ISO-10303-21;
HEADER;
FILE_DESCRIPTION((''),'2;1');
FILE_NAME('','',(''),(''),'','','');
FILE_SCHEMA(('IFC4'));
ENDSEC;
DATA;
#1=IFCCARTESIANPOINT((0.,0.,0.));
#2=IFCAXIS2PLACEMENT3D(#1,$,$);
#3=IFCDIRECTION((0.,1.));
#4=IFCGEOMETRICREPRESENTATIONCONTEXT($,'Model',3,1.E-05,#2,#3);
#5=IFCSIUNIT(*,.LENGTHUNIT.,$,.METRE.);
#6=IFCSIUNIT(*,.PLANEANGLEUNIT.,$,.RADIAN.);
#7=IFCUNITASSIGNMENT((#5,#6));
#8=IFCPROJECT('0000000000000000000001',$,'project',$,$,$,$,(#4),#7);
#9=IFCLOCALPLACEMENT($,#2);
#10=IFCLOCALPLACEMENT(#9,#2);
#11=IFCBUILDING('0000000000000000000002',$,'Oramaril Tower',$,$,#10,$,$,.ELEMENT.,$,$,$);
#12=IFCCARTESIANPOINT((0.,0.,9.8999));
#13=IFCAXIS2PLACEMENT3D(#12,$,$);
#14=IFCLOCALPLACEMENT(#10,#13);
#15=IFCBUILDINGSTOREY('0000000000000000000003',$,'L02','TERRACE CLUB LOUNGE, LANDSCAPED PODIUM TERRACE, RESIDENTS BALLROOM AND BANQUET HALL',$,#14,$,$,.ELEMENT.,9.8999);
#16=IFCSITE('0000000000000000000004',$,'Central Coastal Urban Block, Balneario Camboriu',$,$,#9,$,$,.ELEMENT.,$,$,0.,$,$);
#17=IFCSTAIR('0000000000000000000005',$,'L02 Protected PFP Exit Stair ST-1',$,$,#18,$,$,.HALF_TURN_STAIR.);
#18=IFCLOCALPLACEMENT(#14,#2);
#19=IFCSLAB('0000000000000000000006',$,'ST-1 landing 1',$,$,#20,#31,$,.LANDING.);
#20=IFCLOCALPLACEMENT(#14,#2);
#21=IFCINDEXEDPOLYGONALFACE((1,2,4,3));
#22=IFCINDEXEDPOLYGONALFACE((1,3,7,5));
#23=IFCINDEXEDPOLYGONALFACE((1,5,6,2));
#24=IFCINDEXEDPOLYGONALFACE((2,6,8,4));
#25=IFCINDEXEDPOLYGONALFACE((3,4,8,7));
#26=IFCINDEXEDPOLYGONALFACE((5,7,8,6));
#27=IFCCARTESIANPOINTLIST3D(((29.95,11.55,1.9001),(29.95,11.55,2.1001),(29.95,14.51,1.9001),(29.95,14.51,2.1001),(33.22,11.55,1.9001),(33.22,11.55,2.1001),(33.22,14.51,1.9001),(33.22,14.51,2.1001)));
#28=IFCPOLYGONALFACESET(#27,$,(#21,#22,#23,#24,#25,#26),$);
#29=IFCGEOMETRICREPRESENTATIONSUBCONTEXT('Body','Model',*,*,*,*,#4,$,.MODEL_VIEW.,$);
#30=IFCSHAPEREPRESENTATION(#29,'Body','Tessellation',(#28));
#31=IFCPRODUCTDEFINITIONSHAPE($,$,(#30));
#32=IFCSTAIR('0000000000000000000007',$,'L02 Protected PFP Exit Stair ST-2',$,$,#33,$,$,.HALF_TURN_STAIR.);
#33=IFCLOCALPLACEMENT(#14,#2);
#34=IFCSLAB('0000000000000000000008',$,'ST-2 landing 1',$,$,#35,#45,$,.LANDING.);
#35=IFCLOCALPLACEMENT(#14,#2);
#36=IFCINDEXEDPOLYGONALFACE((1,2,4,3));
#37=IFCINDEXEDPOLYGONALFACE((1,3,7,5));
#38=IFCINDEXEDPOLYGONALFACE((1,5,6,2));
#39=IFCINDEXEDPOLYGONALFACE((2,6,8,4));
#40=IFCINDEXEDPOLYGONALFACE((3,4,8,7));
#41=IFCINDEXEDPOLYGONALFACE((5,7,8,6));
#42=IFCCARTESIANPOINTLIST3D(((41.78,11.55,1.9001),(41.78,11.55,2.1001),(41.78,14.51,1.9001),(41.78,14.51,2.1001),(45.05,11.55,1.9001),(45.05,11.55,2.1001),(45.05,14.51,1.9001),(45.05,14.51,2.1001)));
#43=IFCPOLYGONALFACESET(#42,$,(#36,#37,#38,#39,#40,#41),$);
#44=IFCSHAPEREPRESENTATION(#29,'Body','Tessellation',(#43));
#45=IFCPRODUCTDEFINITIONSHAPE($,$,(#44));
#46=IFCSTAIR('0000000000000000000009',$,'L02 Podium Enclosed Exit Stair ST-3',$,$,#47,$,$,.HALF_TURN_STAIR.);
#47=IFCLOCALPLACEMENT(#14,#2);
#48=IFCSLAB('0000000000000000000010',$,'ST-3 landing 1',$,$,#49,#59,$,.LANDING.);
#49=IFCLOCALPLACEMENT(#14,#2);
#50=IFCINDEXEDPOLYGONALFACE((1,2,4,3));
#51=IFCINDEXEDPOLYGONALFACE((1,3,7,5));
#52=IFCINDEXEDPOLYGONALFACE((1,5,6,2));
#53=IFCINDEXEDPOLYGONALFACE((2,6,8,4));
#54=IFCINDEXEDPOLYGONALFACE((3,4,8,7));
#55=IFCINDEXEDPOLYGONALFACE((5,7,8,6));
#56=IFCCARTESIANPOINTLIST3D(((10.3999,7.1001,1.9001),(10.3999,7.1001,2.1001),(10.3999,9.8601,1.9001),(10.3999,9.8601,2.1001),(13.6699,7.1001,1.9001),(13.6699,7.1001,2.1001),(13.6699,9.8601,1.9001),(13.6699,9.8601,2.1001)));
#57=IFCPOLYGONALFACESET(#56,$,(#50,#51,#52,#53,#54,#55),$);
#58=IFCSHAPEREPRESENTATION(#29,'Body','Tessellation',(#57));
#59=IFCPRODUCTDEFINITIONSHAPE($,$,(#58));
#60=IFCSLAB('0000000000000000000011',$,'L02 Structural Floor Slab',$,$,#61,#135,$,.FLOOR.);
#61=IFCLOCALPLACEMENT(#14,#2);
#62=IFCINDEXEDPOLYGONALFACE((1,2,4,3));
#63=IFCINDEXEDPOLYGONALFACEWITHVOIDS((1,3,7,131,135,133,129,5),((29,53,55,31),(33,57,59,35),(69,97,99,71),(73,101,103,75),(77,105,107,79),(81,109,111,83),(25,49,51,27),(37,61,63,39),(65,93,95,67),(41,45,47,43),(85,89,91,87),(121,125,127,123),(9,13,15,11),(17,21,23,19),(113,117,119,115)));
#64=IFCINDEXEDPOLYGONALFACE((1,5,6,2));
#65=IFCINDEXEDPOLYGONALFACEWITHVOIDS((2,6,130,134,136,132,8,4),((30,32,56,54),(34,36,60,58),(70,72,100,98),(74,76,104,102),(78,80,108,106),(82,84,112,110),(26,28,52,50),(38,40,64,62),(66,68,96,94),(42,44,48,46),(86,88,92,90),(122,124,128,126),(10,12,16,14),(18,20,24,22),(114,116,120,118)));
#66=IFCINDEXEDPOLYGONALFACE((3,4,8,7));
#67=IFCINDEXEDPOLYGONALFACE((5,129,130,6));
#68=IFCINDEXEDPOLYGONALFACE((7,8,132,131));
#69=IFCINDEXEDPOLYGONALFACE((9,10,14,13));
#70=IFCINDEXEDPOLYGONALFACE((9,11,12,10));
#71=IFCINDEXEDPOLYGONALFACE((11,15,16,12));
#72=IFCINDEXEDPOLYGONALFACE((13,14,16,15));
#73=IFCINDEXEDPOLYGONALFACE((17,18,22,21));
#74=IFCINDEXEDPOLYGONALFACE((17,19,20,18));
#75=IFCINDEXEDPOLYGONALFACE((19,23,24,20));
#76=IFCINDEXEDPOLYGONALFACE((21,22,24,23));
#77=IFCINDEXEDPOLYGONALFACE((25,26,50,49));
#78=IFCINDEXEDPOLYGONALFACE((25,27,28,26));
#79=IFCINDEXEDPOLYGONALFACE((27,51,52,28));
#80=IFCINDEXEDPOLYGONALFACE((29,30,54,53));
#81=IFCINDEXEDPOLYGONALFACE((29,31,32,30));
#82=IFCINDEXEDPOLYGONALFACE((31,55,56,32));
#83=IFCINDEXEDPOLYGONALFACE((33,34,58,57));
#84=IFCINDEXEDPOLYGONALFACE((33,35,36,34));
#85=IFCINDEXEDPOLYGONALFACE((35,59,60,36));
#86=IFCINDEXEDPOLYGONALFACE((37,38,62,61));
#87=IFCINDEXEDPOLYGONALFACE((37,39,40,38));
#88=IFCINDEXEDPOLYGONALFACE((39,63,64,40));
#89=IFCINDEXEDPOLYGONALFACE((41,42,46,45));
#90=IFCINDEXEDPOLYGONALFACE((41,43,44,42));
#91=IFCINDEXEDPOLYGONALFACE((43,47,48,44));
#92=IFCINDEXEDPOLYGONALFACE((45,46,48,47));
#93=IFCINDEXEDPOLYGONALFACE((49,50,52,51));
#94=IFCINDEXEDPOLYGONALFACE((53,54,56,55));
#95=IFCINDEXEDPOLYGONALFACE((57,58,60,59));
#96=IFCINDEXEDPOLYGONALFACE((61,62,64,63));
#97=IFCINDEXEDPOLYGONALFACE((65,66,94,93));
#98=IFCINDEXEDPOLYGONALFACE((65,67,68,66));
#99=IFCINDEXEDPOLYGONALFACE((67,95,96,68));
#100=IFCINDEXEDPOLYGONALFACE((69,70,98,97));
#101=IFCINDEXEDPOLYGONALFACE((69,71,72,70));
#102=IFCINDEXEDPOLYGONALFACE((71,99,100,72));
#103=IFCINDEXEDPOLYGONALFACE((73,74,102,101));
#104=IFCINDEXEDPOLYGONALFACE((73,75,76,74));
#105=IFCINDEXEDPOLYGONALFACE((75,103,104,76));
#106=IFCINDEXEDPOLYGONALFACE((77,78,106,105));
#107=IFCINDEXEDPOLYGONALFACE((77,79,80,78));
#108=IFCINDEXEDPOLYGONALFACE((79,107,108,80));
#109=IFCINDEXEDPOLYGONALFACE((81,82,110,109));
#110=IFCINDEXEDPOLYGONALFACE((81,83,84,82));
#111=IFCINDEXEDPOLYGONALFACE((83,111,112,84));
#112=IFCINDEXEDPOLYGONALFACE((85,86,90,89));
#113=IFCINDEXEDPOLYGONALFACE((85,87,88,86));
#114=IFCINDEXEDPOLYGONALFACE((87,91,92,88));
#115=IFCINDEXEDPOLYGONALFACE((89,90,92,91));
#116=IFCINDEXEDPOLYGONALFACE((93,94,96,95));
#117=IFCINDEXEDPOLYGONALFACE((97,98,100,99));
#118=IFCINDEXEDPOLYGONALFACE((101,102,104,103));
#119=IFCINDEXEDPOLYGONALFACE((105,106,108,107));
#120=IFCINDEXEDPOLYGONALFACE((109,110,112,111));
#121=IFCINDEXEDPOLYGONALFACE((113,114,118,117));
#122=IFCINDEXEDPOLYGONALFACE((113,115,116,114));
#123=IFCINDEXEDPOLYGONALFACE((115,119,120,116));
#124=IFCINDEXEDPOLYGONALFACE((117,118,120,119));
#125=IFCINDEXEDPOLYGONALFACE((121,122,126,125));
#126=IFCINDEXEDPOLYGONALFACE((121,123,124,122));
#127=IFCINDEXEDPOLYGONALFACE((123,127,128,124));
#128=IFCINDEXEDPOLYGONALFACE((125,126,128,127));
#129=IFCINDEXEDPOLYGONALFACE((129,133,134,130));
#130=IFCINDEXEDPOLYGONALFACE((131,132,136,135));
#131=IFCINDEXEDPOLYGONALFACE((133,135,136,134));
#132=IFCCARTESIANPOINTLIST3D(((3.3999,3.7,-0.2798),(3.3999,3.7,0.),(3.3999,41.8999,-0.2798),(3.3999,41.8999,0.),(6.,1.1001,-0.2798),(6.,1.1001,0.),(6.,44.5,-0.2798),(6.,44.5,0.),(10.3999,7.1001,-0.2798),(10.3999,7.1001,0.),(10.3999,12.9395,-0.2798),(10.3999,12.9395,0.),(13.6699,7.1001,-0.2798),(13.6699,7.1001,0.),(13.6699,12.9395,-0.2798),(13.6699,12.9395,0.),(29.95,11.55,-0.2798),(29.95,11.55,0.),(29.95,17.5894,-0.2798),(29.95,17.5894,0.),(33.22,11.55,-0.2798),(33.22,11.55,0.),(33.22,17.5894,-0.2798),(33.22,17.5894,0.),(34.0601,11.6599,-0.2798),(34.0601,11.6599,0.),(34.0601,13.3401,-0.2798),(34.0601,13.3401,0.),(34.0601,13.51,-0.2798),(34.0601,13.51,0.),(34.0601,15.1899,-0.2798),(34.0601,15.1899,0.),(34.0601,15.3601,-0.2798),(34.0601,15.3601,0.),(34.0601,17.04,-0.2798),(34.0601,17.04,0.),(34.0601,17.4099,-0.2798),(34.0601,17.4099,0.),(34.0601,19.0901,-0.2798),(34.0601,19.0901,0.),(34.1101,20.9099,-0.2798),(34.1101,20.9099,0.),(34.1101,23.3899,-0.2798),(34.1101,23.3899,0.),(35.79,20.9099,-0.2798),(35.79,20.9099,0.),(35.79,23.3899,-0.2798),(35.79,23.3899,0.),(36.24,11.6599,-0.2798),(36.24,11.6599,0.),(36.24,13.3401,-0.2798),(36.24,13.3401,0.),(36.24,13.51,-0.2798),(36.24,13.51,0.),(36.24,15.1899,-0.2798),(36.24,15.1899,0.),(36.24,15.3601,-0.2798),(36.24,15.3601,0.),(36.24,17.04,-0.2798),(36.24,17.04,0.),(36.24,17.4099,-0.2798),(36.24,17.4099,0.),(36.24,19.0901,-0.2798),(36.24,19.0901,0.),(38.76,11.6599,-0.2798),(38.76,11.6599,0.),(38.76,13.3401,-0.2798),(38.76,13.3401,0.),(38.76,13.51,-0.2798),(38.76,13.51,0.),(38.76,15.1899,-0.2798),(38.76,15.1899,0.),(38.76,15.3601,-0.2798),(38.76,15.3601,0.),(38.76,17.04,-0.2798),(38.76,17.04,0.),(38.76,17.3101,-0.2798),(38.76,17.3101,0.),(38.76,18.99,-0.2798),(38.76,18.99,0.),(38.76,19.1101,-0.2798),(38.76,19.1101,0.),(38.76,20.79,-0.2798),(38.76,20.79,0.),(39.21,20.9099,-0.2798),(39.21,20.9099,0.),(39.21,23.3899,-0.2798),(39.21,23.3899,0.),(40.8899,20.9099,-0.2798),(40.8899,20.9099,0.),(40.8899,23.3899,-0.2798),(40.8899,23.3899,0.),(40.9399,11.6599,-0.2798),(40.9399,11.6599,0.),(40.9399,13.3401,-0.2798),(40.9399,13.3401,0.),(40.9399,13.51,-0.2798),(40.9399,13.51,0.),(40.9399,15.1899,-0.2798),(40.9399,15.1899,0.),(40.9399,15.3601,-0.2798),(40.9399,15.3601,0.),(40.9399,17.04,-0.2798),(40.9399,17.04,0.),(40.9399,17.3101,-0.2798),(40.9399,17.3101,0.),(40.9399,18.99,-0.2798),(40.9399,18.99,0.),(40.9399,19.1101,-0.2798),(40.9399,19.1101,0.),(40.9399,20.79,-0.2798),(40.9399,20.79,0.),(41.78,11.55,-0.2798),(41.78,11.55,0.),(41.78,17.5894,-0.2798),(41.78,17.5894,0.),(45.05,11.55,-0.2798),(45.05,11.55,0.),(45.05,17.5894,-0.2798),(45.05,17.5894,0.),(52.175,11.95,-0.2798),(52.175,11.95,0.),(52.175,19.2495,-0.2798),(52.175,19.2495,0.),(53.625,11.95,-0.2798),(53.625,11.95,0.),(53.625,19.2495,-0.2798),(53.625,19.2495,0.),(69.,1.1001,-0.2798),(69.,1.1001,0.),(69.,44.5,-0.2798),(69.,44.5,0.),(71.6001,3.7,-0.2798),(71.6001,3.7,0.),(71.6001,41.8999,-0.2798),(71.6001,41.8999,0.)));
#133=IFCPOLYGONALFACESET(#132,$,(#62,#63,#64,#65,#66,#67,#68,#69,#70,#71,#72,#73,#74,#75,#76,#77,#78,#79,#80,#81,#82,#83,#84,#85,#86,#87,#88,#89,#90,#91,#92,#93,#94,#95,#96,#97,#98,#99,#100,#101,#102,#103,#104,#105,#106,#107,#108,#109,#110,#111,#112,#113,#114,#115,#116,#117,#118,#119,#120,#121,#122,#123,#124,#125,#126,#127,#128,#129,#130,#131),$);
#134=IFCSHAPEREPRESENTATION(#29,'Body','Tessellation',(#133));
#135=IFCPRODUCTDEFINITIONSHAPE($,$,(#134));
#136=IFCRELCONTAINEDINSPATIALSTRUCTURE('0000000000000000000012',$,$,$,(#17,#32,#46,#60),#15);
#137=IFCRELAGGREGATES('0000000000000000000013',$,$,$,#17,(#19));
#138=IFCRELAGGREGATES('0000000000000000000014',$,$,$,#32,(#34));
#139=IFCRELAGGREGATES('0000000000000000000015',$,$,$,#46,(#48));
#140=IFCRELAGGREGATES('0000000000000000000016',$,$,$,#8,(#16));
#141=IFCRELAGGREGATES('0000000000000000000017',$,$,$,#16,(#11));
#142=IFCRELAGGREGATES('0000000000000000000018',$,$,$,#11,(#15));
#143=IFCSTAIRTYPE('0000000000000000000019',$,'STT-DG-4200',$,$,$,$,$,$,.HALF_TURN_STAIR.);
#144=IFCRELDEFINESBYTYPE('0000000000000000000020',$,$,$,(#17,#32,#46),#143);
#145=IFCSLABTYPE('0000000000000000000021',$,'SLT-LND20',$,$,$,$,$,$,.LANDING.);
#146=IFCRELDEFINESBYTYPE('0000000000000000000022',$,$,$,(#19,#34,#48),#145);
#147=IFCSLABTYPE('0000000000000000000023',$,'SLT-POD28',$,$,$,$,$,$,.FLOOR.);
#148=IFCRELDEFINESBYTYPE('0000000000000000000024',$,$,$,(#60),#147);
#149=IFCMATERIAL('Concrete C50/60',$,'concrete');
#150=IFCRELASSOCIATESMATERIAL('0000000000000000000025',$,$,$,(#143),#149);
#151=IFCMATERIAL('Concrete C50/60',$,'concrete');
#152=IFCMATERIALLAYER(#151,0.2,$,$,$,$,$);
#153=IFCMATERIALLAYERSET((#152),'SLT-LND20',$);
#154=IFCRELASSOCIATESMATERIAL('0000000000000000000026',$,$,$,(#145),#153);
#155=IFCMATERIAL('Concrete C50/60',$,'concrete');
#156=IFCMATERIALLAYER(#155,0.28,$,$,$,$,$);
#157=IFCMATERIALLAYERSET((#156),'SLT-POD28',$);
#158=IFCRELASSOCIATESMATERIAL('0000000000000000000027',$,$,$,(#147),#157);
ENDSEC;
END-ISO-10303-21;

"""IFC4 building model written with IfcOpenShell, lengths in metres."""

from ifc_helpers import new_model, si_unit, direction, frame, origin, place, context, subcontext, project, spatial, polyline, outline, extrude, material, layer, layer_set, type_object, element, aggregate, save


model = new_model("IFC4")

# Units and contexts
model_context = context("Model", 3, precision=1e-05, world=origin(), true_north=direction((0.0, 1.0)))
body_context = subcontext(model_context, "Body", "Model", "MODEL_VIEW")
ifc_project = project(units=[si_unit("LENGTHUNIT", "METRE"), si_unit("PLANEANGLEUNIT", "RADIAN")], contexts=[model_context])

# Site, building, storey
site_placement = place(None, origin())
site = spatial("IfcSite", under=ifc_project, at=site_placement, Name="Central Coastal Urban Block, Balneario Camboriu", CompositionType="ELEMENT", RefElevation=0.0)
building_placement = place(site_placement, origin())
building = spatial("IfcBuilding", under=site, at=building_placement, Name="Oramaril Tower", CompositionType="ELEMENT")
storey_placement = place(building_placement, frame((0.0, 0.0, 9.8999)))
storey = spatial("IfcBuildingStorey", under=building, at=storey_placement, Name="L02", Description="TERRACE CLUB LOUNGE, LANDSCAPED PODIUM TERRACE, RESIDENTS BALLROOM AND BANQUET HALL", CompositionType="ELEMENT", Elevation=9.8999)

# Stairs, slabs
ifc_material_1 = material(Name="Concrete C50/60", Category="concrete")
stair_type = type_object("IfcStairType", Name="STT-DG-4200", PredefinedType="HALF_TURN_STAIR", material=ifc_material_1)
stair_1_placement = place(storey_placement, origin())
stair_1 = element("IfcStair", 1, at=stair_1_placement, inside=storey, type_object=stair_type, Name="L02 Protected PFP Exit Stair ST-1", PredefinedType="HALF_TURN_STAIR")
ifc_material_2 = material(Name="Concrete C50/60", Category="concrete")
ifc_layer_1 = layer(ifc_material_2, 0.2)
ifc_layer_set_1 = layer_set([ifc_layer_1], Name="SLT-LND20")
slab_type_1 = type_object("IfcSlabType", Name="SLT-LND20", PredefinedType="LANDING", material=ifc_layer_set_1)
slab_1_placement = place(storey_placement, frame((0.0, 0.0, 1.9001)))
slab_1 = element("IfcSlab", 2, at=slab_1_placement, type_object=slab_type_1, Name="ST-1 landing 1", PredefinedType="LANDING", context=body_context, shape_type="SweptSolid", body=[
    extrude(outline(polyline([(29.95, 14.51), (29.95, 11.55), (33.22, 11.55), (33.22, 14.51), (29.95, 14.51)])), origin(), (0.0, 0.0, 1.0), 0.2),
])
aggregate(stair_1, [slab_1])
stair_2_placement = place(storey_placement, origin())
stair_2 = element("IfcStair", 3, at=stair_2_placement, inside=storey, type_object=stair_type, Name="L02 Protected PFP Exit Stair ST-2", PredefinedType="HALF_TURN_STAIR")
slab_2_placement = place(storey_placement, frame((0.0, 0.0, 1.9001)))
slab_2 = element("IfcSlab", 4, at=slab_2_placement, type_object=slab_type_1, Name="ST-2 landing 1", PredefinedType="LANDING", context=body_context, shape_type="SweptSolid", body=[
    extrude(outline(polyline([(41.78, 14.51), (41.78, 11.55), (45.05, 11.55), (45.05, 14.51), (41.78, 14.51)])), origin(), (0.0, 0.0, 1.0), 0.2),
])
aggregate(stair_2, [slab_2])
stair_3_placement = place(storey_placement, origin())
stair_3 = element("IfcStair", 5, at=stair_3_placement, inside=storey, type_object=stair_type, Name="L02 Podium Enclosed Exit Stair ST-3", PredefinedType="HALF_TURN_STAIR")
slab_3_placement = place(storey_placement, frame((0.0, 0.0, 1.9001)))
slab_3 = element("IfcSlab", 6, at=slab_3_placement, type_object=slab_type_1, Name="ST-3 landing 1", PredefinedType="LANDING", context=body_context, shape_type="SweptSolid", body=[
    extrude(outline(polyline([(10.3999, 9.8601), (10.3999, 7.1001), (13.6699, 7.1001), (13.6699, 9.8601), (10.3999, 9.8601)])), origin(), (0.0, 0.0, 1.0), 0.2),
])
aggregate(stair_3, [slab_3])

# Slab
ifc_material_3 = material(Name="Concrete C50/60", Category="concrete")
ifc_layer_2 = layer(ifc_material_3, 0.28)
ifc_layer_set_2 = layer_set([ifc_layer_2], Name="SLT-POD28")
slab_type_2 = type_object("IfcSlabType", Name="SLT-POD28", PredefinedType="FLOOR", material=ifc_layer_set_2)
slab_4_placement = place(storey_placement, frame((0.0, 0.0, -0.2798)))
element("IfcSlab", 7, at=slab_4_placement, inside=storey, type_object=slab_type_2, Name="L02 Structural Floor Slab", PredefinedType="FLOOR", context=body_context, shape_type="SweptSolid", body=[
    extrude(outline(polyline([(6.0, 1.1001), (69.0, 1.1001), (71.6001, 3.7), (71.6001, 41.8999), (69.0, 44.5), (6.0, 44.5), (3.3999, 41.8999), (3.3999, 3.7), (6.0, 1.1001)]), holes=[polyline([(29.95, 17.5894), (29.95, 11.55), (33.22, 11.55), (33.22, 17.5894), (29.95, 17.5894)]), polyline([(41.78, 17.5894), (41.78, 11.55), (45.05, 11.55), (45.05, 17.5894), (41.78, 17.5894)]), polyline([(10.3999, 12.9395), (10.3999, 7.1001), (13.6699, 7.1001), (13.6699, 12.9395), (10.3999, 12.9395)]), polyline([(52.175, 11.95), (53.625, 11.95), (53.625, 19.2495), (52.175, 19.2495), (52.175, 11.95)]), polyline([(34.1101, 20.9099), (35.79, 20.9099), (35.79, 23.3899), (34.1101, 23.3899), (34.1101, 20.9099)]), polyline([(39.21, 20.9099), (40.8899, 20.9099), (40.8899, 23.3899), (39.21, 23.3899), (39.21, 20.9099)]), polyline([(34.0601, 11.6599), (36.24, 11.6599), (36.24, 13.3401), (34.0601, 13.3401), (34.0601, 11.6599)]), polyline([(34.0601, 13.51), (36.24, 13.51), (36.24, 15.1899), (34.0601, 15.1899), (34.0601, 13.51)]), polyline([(34.0601, 15.3601), (36.24, 15.3601), (36.24, 17.04), (34.0601, 17.04), (34.0601, 15.3601)]), polyline([(38.76, 11.6599), (40.9399, 11.6599), (40.9399, 13.3401), (38.76, 13.3401), (38.76, 11.6599)]), polyline([(38.76, 13.51), (40.9399, 13.51), (40.9399, 15.1899), (38.76, 15.1899), (38.76, 13.51)]), polyline([(38.76, 15.3601), (40.9399, 15.3601), (40.9399, 17.04), (38.76, 17.04), (38.76, 15.3601)]), polyline([(34.0601, 17.4099), (36.24, 17.4099), (36.24, 19.0901), (34.0601, 19.0901), (34.0601, 17.4099)]), polyline([(38.76, 17.3101), (40.9399, 17.3101), (40.9399, 18.99), (38.76, 18.99), (38.76, 17.3101)]), polyline([(38.76, 19.1101), (40.9399, 19.1101), (40.9399, 20.79), (38.76, 20.79), (38.76, 19.1101)])]), origin(), (0.0, 0.0, 1.0), 0.2798),
])

save(model, "model.ifc")
